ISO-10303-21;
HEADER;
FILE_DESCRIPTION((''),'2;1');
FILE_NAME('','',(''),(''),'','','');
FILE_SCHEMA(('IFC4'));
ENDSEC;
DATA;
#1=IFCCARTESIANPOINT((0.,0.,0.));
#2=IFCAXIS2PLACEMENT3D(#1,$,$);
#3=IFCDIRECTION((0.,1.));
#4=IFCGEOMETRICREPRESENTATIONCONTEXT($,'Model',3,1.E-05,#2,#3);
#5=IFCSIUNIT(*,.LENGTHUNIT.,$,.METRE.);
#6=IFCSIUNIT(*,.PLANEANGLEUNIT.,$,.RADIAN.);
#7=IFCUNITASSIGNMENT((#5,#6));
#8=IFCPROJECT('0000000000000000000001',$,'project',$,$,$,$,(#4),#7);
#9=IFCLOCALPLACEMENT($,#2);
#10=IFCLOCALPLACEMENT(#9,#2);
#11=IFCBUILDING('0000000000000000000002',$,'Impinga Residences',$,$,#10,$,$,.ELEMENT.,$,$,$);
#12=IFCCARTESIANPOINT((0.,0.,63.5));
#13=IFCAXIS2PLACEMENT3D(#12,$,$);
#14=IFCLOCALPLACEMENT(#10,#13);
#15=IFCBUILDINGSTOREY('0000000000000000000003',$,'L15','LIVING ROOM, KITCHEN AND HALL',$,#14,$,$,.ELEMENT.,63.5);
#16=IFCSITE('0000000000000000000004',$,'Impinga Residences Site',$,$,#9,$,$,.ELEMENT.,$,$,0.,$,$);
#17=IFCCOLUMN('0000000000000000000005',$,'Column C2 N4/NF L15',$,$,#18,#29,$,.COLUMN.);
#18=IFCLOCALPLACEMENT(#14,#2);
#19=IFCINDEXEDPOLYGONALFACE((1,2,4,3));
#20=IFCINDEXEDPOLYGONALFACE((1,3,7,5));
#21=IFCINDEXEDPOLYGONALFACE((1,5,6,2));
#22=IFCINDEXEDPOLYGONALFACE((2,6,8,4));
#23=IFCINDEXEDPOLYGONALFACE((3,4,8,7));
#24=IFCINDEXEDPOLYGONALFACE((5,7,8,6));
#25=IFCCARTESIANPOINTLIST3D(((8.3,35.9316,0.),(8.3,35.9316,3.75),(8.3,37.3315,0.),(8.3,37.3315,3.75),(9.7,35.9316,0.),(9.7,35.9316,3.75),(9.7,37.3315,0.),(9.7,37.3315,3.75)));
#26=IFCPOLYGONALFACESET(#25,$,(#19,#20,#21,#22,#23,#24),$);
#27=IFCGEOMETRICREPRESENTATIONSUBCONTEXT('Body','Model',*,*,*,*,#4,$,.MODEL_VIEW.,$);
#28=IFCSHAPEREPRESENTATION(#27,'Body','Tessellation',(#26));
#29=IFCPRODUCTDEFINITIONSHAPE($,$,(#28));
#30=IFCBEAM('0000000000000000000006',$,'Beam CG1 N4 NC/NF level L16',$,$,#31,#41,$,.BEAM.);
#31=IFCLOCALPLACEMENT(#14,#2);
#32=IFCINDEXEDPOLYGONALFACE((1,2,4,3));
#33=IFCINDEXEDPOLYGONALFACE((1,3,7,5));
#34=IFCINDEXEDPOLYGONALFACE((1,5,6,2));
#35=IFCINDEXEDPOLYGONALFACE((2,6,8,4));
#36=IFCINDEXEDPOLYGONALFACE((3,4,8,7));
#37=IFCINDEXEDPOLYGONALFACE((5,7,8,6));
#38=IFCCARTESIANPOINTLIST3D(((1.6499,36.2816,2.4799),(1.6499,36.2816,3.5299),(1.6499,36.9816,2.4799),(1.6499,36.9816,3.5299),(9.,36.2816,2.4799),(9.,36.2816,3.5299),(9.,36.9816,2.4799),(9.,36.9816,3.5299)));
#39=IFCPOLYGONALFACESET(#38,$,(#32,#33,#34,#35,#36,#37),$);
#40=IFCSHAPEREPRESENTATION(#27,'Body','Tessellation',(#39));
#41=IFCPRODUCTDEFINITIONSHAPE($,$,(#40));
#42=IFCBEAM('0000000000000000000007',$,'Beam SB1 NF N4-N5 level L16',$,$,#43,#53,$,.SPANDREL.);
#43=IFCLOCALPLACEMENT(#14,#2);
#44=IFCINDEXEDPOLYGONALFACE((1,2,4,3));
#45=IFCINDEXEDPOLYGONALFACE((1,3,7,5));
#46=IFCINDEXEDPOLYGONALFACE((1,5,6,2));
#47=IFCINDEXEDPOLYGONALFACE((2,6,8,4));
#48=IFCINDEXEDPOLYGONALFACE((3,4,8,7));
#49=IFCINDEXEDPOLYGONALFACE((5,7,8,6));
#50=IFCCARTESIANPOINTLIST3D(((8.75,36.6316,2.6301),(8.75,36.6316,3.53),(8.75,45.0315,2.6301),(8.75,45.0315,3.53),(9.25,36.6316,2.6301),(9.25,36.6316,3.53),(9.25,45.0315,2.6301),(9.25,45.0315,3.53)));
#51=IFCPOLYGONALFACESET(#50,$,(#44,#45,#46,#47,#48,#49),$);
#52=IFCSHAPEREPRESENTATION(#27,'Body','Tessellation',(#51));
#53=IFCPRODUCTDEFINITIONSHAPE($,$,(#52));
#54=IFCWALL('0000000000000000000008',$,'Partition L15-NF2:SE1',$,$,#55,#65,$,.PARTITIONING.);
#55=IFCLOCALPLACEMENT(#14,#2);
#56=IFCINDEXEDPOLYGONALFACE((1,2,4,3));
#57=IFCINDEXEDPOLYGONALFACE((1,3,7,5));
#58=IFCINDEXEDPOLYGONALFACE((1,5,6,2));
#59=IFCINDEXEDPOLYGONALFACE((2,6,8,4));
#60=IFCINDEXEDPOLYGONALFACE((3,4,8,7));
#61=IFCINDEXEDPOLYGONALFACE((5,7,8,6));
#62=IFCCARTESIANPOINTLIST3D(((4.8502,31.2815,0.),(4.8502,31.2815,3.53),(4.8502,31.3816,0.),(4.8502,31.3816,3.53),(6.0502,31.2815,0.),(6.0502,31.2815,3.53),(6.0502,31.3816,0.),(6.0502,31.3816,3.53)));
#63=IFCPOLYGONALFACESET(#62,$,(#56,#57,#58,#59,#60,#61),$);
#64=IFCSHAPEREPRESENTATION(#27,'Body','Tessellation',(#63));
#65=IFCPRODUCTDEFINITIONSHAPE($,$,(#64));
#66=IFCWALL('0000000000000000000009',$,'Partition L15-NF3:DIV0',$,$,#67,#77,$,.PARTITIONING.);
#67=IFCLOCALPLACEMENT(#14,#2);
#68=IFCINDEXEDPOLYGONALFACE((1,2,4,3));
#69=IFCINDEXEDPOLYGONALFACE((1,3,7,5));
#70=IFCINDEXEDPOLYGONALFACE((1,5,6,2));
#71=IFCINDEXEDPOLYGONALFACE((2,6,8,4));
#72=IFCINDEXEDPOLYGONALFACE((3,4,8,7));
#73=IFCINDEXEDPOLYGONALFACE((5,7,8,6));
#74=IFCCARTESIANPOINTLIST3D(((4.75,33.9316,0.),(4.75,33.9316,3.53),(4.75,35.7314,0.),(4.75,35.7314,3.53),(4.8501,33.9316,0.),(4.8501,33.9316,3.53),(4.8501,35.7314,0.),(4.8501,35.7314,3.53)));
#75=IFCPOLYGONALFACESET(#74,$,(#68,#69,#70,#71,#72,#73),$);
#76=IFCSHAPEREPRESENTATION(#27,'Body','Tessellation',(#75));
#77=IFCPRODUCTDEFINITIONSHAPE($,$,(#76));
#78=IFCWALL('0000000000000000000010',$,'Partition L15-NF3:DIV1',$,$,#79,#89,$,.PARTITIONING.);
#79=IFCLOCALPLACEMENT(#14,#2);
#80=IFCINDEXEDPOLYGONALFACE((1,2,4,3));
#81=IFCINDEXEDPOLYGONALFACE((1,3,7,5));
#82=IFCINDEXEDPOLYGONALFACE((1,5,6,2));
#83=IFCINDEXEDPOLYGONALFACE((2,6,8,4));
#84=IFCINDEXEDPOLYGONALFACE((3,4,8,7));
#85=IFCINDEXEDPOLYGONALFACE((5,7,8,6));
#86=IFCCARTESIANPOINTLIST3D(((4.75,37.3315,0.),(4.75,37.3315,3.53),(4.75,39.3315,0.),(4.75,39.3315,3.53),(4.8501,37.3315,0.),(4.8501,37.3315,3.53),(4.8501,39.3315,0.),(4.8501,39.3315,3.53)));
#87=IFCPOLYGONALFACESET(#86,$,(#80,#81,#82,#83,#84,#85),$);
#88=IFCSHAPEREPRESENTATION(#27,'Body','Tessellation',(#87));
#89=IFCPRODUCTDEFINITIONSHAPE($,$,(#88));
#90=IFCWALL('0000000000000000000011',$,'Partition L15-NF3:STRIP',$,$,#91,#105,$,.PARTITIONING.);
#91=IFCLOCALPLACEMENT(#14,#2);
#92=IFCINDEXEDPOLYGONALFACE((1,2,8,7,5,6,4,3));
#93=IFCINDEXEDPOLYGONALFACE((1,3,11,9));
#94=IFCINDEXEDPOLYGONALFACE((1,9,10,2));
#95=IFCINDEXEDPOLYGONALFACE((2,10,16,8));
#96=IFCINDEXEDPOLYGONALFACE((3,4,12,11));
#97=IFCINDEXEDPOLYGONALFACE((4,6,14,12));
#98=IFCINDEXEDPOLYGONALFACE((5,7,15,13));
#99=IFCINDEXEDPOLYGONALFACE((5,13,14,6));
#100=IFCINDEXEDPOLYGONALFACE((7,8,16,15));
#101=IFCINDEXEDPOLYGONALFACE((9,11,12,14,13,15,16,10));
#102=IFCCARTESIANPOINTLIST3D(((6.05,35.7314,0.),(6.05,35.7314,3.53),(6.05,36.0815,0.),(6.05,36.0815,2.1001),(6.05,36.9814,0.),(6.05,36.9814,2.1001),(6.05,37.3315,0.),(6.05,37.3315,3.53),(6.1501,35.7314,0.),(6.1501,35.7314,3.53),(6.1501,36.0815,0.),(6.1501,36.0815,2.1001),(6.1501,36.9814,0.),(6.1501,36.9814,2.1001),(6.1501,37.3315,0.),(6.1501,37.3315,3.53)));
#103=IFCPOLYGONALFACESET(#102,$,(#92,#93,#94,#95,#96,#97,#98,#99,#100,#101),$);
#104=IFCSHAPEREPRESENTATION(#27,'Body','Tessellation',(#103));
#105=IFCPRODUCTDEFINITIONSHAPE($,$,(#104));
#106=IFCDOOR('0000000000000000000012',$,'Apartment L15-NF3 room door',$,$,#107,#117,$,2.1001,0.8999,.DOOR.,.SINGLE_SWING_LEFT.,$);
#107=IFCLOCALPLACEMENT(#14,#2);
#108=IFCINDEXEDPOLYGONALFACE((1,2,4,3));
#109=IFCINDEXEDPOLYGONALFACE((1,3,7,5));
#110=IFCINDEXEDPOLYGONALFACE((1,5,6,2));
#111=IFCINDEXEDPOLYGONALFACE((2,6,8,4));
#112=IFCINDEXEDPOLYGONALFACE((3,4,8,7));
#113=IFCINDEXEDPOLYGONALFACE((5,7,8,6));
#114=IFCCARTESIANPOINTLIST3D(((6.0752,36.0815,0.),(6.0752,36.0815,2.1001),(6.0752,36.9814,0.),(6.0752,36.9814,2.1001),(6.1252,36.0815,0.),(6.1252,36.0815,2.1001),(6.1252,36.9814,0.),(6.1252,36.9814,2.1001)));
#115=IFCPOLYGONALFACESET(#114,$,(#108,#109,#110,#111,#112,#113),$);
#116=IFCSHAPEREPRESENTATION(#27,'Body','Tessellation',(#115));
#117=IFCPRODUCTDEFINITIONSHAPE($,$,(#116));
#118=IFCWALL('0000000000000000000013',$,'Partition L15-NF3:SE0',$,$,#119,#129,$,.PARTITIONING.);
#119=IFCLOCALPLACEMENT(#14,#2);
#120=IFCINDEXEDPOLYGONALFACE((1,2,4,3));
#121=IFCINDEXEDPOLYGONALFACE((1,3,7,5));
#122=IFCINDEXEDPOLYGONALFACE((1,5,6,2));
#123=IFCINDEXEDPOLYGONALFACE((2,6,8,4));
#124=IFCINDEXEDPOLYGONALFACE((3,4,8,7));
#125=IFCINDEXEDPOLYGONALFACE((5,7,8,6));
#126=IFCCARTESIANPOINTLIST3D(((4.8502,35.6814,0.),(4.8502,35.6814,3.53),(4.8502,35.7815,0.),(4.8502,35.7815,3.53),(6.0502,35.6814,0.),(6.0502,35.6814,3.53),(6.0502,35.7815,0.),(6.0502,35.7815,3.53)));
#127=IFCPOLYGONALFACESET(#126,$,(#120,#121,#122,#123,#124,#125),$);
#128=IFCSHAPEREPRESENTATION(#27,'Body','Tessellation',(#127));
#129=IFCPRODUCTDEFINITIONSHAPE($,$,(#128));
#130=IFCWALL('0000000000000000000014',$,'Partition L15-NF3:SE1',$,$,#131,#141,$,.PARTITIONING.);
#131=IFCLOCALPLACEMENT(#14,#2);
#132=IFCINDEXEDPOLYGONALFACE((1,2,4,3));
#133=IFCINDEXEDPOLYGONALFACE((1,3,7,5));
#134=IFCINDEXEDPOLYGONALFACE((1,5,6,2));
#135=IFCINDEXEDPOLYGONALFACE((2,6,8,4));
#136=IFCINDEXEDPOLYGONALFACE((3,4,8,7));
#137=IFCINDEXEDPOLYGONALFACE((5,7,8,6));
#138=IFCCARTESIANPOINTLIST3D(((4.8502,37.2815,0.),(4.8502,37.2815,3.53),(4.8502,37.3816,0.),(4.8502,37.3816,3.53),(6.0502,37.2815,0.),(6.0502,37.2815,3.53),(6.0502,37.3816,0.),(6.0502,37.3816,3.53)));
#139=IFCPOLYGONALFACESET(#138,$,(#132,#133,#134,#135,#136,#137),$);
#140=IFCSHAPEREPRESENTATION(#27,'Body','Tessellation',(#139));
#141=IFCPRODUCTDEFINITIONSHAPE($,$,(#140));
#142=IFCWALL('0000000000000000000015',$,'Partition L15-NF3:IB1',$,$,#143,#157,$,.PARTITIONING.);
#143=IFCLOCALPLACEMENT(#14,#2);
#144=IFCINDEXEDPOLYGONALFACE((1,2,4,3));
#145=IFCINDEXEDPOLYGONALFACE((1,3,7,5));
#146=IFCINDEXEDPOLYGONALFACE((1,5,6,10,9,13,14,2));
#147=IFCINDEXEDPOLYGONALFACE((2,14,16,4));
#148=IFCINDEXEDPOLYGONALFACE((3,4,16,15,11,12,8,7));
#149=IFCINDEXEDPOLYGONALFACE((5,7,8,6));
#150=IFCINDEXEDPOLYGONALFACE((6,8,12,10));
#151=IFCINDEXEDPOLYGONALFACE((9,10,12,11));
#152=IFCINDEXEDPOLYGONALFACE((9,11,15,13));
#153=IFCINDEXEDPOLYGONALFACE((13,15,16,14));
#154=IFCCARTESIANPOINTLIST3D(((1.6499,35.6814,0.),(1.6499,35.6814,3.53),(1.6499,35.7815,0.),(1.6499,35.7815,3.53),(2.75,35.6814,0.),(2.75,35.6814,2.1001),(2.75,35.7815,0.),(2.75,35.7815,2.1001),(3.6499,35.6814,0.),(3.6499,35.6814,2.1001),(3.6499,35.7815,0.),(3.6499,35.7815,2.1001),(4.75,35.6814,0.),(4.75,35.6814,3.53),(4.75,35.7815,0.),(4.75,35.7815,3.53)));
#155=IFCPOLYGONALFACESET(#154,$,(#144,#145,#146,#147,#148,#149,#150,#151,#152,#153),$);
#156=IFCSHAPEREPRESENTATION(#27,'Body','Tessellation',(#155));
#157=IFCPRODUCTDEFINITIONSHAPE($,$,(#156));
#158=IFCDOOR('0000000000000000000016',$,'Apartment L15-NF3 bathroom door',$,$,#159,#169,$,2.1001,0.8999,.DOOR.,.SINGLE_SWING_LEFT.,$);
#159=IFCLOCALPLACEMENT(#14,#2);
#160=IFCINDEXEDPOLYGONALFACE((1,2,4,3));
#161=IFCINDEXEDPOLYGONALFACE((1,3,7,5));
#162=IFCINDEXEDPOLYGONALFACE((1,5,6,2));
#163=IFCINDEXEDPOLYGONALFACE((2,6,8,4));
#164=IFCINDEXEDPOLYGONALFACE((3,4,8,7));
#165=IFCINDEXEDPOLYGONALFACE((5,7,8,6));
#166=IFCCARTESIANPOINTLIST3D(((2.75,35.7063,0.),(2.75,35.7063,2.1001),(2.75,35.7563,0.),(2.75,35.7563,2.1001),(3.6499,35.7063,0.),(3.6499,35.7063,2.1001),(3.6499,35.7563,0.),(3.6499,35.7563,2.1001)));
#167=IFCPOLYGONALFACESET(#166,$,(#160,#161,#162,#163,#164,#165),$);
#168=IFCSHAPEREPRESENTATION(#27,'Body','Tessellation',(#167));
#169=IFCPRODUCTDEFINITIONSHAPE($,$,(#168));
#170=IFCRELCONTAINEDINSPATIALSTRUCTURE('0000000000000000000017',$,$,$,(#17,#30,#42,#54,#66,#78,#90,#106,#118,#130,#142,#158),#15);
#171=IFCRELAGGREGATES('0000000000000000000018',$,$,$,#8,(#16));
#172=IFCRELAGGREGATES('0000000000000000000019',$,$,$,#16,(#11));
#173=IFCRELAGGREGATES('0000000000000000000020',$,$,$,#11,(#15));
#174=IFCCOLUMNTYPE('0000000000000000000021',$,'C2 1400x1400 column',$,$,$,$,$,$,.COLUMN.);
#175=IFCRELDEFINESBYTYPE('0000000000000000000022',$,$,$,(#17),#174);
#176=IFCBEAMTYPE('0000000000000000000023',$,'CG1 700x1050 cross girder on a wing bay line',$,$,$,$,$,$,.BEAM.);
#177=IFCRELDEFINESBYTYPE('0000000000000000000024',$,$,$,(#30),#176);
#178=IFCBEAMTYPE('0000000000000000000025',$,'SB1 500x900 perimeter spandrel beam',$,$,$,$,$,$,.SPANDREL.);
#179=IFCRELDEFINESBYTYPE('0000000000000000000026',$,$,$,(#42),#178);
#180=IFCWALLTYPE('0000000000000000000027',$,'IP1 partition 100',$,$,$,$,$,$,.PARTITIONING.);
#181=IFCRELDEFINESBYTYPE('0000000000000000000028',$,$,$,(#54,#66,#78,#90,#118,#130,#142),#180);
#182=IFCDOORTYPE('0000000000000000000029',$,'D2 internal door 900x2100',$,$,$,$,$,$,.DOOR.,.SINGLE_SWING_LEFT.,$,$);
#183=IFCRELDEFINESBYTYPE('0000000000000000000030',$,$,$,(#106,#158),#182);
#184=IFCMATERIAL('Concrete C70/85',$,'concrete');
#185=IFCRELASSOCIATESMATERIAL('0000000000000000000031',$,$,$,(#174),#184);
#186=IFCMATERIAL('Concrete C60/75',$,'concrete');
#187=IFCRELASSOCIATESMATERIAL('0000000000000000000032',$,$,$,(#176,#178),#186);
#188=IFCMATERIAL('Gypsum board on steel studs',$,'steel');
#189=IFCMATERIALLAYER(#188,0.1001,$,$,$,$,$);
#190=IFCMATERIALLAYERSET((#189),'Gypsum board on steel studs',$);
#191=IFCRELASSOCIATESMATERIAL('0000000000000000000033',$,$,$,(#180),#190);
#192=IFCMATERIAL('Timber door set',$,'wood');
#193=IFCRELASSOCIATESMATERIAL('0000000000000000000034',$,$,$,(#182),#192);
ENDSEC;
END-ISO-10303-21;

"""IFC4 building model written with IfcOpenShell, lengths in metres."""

from ifc_helpers import new_model, si_unit, direction, frame, frame_2d, origin, origin_2d, place, context, subcontext, project, spatial, rectangle, extrude, material, layer, layer_set, material_profile, profile_set, type_object, element, fill, save


model = new_model("IFC4")

# Units and contexts
model_context = context("Model", 3, precision=1e-05, world=origin(), true_north=direction((0.0, 1.0)))
body_context = subcontext(model_context, "Body", "Model", "MODEL_VIEW")
ifc_project = project(units=[si_unit("LENGTHUNIT", "METRE"), si_unit("PLANEANGLEUNIT", "RADIAN")], contexts=[model_context])

# Site, building, storey
site_placement = place(None, origin())
site = spatial("IfcSite", under=ifc_project, at=site_placement, Name="Impinga Residences Site", CompositionType="ELEMENT", RefElevation=0.0)
building_placement = place(site_placement, origin())
building = spatial("IfcBuilding", under=site, at=building_placement, Name="Impinga Residences", CompositionType="ELEMENT")
storey_placement = place(building_placement, frame((0.0, 0.0, 63.5)))
storey = spatial("IfcBuildingStorey", under=building, at=storey_placement, Name="L15", Description="LIVING ROOM, KITCHEN AND HALL", CompositionType="ELEMENT", Elevation=63.5)

# Column
ifc_material_1 = material(Name="Concrete C70/85", Category="concrete")
ifc_material_profile_1 = material_profile(ifc_material_1, rectangle(XDim=1.3999, YDim=1.3999, at=origin_2d()), Name="RC 1400x1400")
ifc_profile_set_1 = profile_set([ifc_material_profile_1], Name="Concrete C70/85")
column_type = type_object("IfcColumnType", Name="C2 1400x1400 column", PredefinedType="COLUMN", material=ifc_profile_set_1)
column_placement = place(storey_placement, frame((9.0, 36.6316, 0.0), z_axis=(0.0, 0.0, 1.0), x_axis=(1.0, 0.0, 0.0)))
element("IfcColumn", 1, at=column_placement, inside=storey, type_object=column_type, Name="Column C2 N4/NF L15", PredefinedType="COLUMN", context=body_context, shape_type="SweptSolid", body=[
    extrude(rectangle(XDim=1.3999, YDim=1.3999, at=origin_2d()), origin(), (0.0, 0.0, 1.0), 3.75),
])

# Beams
ifc_material_2 = material(Name="Concrete C60/75", Category="concrete")
ifc_material_profile_2 = material_profile(ifc_material_2, rectangle(XDim=0.7, YDim=1.05, at=origin_2d()), Name="RC 700x1050")
ifc_profile_set_2 = profile_set([ifc_material_profile_2], Name="Concrete C60/75")
beam_type_1 = type_object("IfcBeamType", Name="CG1 700x1050 cross girder on a wing bay line", PredefinedType="BEAM", material=ifc_profile_set_2)
beam_1_placement = place(storey_placement, frame((1.6499, 36.6316, 3.0049), z_axis=(1.0, 0.0, 0.0), x_axis=(0.0, 1.0, 0.0)))
element("IfcBeam", 2, at=beam_1_placement, inside=storey, type_object=beam_type_1, Name="Beam CG1 N4 NC/NF level L16", PredefinedType="BEAM", context=body_context, shape_type="SweptSolid", body=[
    extrude(rectangle(XDim=0.7, YDim=1.05, at=origin_2d()), origin(), (0.0, 0.0, 1.0), 7.3501),
])
ifc_material_profile_3 = material_profile(ifc_material_2, rectangle(XDim=0.5, YDim=0.8999, at=origin_2d()), Name="RC 500x900")
ifc_profile_set_3 = profile_set([ifc_material_profile_3], Name="Concrete C60/75")
beam_type_2 = type_object("IfcBeamType", Name="SB1 500x900 perimeter spandrel beam", PredefinedType="SPANDREL", material=ifc_profile_set_3)
beam_2_placement = place(storey_placement, frame((9.0, 36.6316, 3.0801), z_axis=(0.0, 1.0, 0.0), x_axis=(-1.0, 0.0, 0.0)))
element("IfcBeam", 3, at=beam_2_placement, inside=storey, type_object=beam_type_2, Name="Beam SB1 NF N4-N5 level L16", PredefinedType="SPANDREL", context=body_context, shape_type="SweptSolid", body=[
    extrude(rectangle(XDim=0.5, YDim=0.8999, at=origin_2d()), origin(), (0.0, 0.0, 1.0), 8.3999),
])

# Walls
ifc_material_3 = material(Name="Gypsum board on steel studs", Category="steel")
ifc_layer_1 = layer(ifc_material_3, 0.1001)
ifc_layer_set_1 = layer_set([ifc_layer_1], Name="Gypsum board on steel studs")
wall_type_1 = type_object("IfcWallType", Name="IP1 partition 100", PredefinedType="PARTITIONING", material=ifc_layer_set_1)
wall_1_placement = place(storey_placement, frame((4.8501, 31.3315, 0.0), z_axis=(0.0, 0.0, 1.0), x_axis=(1.0, 0.0, 0.0)))
element("IfcWall", 4, at=wall_1_placement, inside=storey, type_object=wall_type_1, Name="Partition L15-NF2:SE1", PredefinedType="PARTITIONING", context=body_context, shape_type="SweptSolid", body=[
    extrude(rectangle(XDim=1.2, YDim=0.1001, at=frame_2d((0.6001, 0.0))), origin(), (0.0, 0.0, 1.0), 3.53),
])
wall_2_placement = place(storey_placement, frame((4.8, 33.9316, 0.0), z_axis=(0.0, 0.0, 1.0), x_axis=(0.0, 1.0, 0.0)))
element("IfcWall", 5, at=wall_2_placement, inside=storey, type_object=wall_type_1, Name="Partition L15-NF3:DIV0", PredefinedType="PARTITIONING", context=body_context, shape_type="SweptSolid", body=[
    extrude(rectangle(XDim=1.7998, YDim=0.1001, at=frame_2d((0.8999, 0.0))), origin(), (0.0, 0.0, 1.0), 3.53),
])
wall_3_placement = place(storey_placement, frame((4.8, 37.3315, 0.0), z_axis=(0.0, 0.0, 1.0), x_axis=(0.0, 1.0, 0.0)))
element("IfcWall", 6, at=wall_3_placement, inside=storey, type_object=wall_type_1, Name="Partition L15-NF3:DIV1", PredefinedType="PARTITIONING", context=body_context, shape_type="SweptSolid", body=[
    extrude(rectangle(XDim=2.0, YDim=0.1001, at=frame_2d((1.0, 0.0))), origin(), (0.0, 0.0, 1.0), 3.53),
])

# Wall, opening, door
wall_4_placement = place(storey_placement, frame((6.1001, 35.7314, 0.0), z_axis=(0.0, 0.0, 1.0), x_axis=(0.0, 1.0, 0.0)))
wall_4 = element("IfcWall", 7, at=wall_4_placement, inside=storey, type_object=wall_type_1, Name="Partition L15-NF3:STRIP", PredefinedType="PARTITIONING", context=body_context, shape_type="SweptSolid", body=[
    extrude(rectangle(XDim=1.6001, YDim=0.1001, at=frame_2d((0.8, 0.0))), origin(), (0.0, 0.0, 1.0), 3.53),
])
opening_1_placement = place(wall_4_placement, frame((0.3501, 0.0, 0.0)))
opening_1 = element("IfcOpeningElement", 8, at=opening_1_placement, cuts=wall_4, PredefinedType="OPENING", context=body_context, shape_type="SweptSolid", body=[
    extrude(rectangle(XDim=0.8999, YDim=2.1001, at=frame_2d((0.45, 1.05))), frame((0.0, 0.0601, 0.0), z_axis=(0.0, -1.0, 0.0), x_axis=(1.0, 0.0, 0.0)), (0.0, 0.0, 1.0), 0.1201),
])
ifc_material_4 = material(Name="Timber door set", Category="wood")
door_type = type_object("IfcDoorType", Name="D2 internal door 900x2100", OperationType="SINGLE_SWING_LEFT", PredefinedType="DOOR", material=ifc_material_4)
door_1_placement = place(opening_1_placement, origin())
door_1 = element("IfcDoor", 9, at=door_1_placement, inside=storey, type_object=door_type, Name="Apartment L15-NF3 room door", OperationType="SINGLE_SWING_LEFT", OverallHeight=2.1001, OverallWidth=0.8999, PredefinedType="DOOR", context=body_context, shape_type="SweptSolid", body=[
    extrude(rectangle(XDim=0.8999, YDim=2.1001, at=frame_2d((0.45, 1.05))), frame((0.0, 0.0249, 0.0), z_axis=(0.0, -1.0, 0.0), x_axis=(1.0, 0.0, 0.0)), (0.0, 0.0, 1.0), 0.05),
])
fill(opening_1, door_1)

# Walls
for number, where, z_axis, x_axis, name in (
    (10, (4.8501, 35.7314, 0.0), (0.0, 0.0, 1.0), (1.0, 0.0, 0.0), "Partition L15-NF3:SE0"),
    (11, (4.8501, 37.3315, 0.0), (0.0, 0.0, 1.0), (1.0, 0.0, 0.0), "Partition L15-NF3:SE1"),
):
    element("IfcWall", number, at=place(storey_placement, frame(where, z_axis=z_axis, x_axis=x_axis)), inside=storey, type_object=wall_type_1, Name=name, PredefinedType="PARTITIONING", context=body_context, shape_type="SweptSolid", body=[
        extrude(rectangle(XDim=1.2, YDim=0.1001, at=frame_2d((0.6001, 0.0))), origin(), (0.0, 0.0, 1.0), 3.53),
    ])

# Wall, opening, door
wall_5_placement = place(storey_placement, frame((1.6499, 35.7314, 0.0), z_axis=(0.0, 0.0, 1.0), x_axis=(1.0, 0.0, 0.0)))
wall_5 = element("IfcWall", 12, at=wall_5_placement, inside=storey, type_object=wall_type_1, Name="Partition L15-NF3:IB1", PredefinedType="PARTITIONING", context=body_context, shape_type="SweptSolid", body=[
    extrude(rectangle(XDim=3.1001, YDim=0.1001, at=frame_2d((1.55, 0.0))), origin(), (0.0, 0.0, 1.0), 3.53),
])
opening_2_placement = place(wall_5_placement, frame((1.1001, 0.0, 0.0)))
opening_2 = element("IfcOpeningElement", 13, at=opening_2_placement, cuts=wall_5, PredefinedType="OPENING", context=body_context, shape_type="SweptSolid", body=[
    extrude(rectangle(XDim=0.8999, YDim=2.1001, at=frame_2d((0.45, 1.05))), frame((0.0, 0.0601, 0.0), z_axis=(0.0, -1.0, 0.0), x_axis=(1.0, 0.0, 0.0)), (0.0, 0.0, 1.0), 0.1201),
])
door_2_placement = place(opening_2_placement, origin())
door_2 = element("IfcDoor", 14, at=door_2_placement, inside=storey, type_object=door_type, Name="Apartment L15-NF3 bathroom door", OperationType="SINGLE_SWING_LEFT", OverallHeight=2.1001, OverallWidth=0.8999, PredefinedType="DOOR", context=body_context, shape_type="SweptSolid", body=[
    extrude(rectangle(XDim=0.8999, YDim=2.1001, at=frame_2d((0.45, 1.05))), frame((0.0, 0.0249, 0.0), z_axis=(0.0, -1.0, 0.0), x_axis=(1.0, 0.0, 0.0)), (0.0, 0.0, 1.0), 0.05),
])
fill(opening_2, door_2)

save(model, "model.ifc")
